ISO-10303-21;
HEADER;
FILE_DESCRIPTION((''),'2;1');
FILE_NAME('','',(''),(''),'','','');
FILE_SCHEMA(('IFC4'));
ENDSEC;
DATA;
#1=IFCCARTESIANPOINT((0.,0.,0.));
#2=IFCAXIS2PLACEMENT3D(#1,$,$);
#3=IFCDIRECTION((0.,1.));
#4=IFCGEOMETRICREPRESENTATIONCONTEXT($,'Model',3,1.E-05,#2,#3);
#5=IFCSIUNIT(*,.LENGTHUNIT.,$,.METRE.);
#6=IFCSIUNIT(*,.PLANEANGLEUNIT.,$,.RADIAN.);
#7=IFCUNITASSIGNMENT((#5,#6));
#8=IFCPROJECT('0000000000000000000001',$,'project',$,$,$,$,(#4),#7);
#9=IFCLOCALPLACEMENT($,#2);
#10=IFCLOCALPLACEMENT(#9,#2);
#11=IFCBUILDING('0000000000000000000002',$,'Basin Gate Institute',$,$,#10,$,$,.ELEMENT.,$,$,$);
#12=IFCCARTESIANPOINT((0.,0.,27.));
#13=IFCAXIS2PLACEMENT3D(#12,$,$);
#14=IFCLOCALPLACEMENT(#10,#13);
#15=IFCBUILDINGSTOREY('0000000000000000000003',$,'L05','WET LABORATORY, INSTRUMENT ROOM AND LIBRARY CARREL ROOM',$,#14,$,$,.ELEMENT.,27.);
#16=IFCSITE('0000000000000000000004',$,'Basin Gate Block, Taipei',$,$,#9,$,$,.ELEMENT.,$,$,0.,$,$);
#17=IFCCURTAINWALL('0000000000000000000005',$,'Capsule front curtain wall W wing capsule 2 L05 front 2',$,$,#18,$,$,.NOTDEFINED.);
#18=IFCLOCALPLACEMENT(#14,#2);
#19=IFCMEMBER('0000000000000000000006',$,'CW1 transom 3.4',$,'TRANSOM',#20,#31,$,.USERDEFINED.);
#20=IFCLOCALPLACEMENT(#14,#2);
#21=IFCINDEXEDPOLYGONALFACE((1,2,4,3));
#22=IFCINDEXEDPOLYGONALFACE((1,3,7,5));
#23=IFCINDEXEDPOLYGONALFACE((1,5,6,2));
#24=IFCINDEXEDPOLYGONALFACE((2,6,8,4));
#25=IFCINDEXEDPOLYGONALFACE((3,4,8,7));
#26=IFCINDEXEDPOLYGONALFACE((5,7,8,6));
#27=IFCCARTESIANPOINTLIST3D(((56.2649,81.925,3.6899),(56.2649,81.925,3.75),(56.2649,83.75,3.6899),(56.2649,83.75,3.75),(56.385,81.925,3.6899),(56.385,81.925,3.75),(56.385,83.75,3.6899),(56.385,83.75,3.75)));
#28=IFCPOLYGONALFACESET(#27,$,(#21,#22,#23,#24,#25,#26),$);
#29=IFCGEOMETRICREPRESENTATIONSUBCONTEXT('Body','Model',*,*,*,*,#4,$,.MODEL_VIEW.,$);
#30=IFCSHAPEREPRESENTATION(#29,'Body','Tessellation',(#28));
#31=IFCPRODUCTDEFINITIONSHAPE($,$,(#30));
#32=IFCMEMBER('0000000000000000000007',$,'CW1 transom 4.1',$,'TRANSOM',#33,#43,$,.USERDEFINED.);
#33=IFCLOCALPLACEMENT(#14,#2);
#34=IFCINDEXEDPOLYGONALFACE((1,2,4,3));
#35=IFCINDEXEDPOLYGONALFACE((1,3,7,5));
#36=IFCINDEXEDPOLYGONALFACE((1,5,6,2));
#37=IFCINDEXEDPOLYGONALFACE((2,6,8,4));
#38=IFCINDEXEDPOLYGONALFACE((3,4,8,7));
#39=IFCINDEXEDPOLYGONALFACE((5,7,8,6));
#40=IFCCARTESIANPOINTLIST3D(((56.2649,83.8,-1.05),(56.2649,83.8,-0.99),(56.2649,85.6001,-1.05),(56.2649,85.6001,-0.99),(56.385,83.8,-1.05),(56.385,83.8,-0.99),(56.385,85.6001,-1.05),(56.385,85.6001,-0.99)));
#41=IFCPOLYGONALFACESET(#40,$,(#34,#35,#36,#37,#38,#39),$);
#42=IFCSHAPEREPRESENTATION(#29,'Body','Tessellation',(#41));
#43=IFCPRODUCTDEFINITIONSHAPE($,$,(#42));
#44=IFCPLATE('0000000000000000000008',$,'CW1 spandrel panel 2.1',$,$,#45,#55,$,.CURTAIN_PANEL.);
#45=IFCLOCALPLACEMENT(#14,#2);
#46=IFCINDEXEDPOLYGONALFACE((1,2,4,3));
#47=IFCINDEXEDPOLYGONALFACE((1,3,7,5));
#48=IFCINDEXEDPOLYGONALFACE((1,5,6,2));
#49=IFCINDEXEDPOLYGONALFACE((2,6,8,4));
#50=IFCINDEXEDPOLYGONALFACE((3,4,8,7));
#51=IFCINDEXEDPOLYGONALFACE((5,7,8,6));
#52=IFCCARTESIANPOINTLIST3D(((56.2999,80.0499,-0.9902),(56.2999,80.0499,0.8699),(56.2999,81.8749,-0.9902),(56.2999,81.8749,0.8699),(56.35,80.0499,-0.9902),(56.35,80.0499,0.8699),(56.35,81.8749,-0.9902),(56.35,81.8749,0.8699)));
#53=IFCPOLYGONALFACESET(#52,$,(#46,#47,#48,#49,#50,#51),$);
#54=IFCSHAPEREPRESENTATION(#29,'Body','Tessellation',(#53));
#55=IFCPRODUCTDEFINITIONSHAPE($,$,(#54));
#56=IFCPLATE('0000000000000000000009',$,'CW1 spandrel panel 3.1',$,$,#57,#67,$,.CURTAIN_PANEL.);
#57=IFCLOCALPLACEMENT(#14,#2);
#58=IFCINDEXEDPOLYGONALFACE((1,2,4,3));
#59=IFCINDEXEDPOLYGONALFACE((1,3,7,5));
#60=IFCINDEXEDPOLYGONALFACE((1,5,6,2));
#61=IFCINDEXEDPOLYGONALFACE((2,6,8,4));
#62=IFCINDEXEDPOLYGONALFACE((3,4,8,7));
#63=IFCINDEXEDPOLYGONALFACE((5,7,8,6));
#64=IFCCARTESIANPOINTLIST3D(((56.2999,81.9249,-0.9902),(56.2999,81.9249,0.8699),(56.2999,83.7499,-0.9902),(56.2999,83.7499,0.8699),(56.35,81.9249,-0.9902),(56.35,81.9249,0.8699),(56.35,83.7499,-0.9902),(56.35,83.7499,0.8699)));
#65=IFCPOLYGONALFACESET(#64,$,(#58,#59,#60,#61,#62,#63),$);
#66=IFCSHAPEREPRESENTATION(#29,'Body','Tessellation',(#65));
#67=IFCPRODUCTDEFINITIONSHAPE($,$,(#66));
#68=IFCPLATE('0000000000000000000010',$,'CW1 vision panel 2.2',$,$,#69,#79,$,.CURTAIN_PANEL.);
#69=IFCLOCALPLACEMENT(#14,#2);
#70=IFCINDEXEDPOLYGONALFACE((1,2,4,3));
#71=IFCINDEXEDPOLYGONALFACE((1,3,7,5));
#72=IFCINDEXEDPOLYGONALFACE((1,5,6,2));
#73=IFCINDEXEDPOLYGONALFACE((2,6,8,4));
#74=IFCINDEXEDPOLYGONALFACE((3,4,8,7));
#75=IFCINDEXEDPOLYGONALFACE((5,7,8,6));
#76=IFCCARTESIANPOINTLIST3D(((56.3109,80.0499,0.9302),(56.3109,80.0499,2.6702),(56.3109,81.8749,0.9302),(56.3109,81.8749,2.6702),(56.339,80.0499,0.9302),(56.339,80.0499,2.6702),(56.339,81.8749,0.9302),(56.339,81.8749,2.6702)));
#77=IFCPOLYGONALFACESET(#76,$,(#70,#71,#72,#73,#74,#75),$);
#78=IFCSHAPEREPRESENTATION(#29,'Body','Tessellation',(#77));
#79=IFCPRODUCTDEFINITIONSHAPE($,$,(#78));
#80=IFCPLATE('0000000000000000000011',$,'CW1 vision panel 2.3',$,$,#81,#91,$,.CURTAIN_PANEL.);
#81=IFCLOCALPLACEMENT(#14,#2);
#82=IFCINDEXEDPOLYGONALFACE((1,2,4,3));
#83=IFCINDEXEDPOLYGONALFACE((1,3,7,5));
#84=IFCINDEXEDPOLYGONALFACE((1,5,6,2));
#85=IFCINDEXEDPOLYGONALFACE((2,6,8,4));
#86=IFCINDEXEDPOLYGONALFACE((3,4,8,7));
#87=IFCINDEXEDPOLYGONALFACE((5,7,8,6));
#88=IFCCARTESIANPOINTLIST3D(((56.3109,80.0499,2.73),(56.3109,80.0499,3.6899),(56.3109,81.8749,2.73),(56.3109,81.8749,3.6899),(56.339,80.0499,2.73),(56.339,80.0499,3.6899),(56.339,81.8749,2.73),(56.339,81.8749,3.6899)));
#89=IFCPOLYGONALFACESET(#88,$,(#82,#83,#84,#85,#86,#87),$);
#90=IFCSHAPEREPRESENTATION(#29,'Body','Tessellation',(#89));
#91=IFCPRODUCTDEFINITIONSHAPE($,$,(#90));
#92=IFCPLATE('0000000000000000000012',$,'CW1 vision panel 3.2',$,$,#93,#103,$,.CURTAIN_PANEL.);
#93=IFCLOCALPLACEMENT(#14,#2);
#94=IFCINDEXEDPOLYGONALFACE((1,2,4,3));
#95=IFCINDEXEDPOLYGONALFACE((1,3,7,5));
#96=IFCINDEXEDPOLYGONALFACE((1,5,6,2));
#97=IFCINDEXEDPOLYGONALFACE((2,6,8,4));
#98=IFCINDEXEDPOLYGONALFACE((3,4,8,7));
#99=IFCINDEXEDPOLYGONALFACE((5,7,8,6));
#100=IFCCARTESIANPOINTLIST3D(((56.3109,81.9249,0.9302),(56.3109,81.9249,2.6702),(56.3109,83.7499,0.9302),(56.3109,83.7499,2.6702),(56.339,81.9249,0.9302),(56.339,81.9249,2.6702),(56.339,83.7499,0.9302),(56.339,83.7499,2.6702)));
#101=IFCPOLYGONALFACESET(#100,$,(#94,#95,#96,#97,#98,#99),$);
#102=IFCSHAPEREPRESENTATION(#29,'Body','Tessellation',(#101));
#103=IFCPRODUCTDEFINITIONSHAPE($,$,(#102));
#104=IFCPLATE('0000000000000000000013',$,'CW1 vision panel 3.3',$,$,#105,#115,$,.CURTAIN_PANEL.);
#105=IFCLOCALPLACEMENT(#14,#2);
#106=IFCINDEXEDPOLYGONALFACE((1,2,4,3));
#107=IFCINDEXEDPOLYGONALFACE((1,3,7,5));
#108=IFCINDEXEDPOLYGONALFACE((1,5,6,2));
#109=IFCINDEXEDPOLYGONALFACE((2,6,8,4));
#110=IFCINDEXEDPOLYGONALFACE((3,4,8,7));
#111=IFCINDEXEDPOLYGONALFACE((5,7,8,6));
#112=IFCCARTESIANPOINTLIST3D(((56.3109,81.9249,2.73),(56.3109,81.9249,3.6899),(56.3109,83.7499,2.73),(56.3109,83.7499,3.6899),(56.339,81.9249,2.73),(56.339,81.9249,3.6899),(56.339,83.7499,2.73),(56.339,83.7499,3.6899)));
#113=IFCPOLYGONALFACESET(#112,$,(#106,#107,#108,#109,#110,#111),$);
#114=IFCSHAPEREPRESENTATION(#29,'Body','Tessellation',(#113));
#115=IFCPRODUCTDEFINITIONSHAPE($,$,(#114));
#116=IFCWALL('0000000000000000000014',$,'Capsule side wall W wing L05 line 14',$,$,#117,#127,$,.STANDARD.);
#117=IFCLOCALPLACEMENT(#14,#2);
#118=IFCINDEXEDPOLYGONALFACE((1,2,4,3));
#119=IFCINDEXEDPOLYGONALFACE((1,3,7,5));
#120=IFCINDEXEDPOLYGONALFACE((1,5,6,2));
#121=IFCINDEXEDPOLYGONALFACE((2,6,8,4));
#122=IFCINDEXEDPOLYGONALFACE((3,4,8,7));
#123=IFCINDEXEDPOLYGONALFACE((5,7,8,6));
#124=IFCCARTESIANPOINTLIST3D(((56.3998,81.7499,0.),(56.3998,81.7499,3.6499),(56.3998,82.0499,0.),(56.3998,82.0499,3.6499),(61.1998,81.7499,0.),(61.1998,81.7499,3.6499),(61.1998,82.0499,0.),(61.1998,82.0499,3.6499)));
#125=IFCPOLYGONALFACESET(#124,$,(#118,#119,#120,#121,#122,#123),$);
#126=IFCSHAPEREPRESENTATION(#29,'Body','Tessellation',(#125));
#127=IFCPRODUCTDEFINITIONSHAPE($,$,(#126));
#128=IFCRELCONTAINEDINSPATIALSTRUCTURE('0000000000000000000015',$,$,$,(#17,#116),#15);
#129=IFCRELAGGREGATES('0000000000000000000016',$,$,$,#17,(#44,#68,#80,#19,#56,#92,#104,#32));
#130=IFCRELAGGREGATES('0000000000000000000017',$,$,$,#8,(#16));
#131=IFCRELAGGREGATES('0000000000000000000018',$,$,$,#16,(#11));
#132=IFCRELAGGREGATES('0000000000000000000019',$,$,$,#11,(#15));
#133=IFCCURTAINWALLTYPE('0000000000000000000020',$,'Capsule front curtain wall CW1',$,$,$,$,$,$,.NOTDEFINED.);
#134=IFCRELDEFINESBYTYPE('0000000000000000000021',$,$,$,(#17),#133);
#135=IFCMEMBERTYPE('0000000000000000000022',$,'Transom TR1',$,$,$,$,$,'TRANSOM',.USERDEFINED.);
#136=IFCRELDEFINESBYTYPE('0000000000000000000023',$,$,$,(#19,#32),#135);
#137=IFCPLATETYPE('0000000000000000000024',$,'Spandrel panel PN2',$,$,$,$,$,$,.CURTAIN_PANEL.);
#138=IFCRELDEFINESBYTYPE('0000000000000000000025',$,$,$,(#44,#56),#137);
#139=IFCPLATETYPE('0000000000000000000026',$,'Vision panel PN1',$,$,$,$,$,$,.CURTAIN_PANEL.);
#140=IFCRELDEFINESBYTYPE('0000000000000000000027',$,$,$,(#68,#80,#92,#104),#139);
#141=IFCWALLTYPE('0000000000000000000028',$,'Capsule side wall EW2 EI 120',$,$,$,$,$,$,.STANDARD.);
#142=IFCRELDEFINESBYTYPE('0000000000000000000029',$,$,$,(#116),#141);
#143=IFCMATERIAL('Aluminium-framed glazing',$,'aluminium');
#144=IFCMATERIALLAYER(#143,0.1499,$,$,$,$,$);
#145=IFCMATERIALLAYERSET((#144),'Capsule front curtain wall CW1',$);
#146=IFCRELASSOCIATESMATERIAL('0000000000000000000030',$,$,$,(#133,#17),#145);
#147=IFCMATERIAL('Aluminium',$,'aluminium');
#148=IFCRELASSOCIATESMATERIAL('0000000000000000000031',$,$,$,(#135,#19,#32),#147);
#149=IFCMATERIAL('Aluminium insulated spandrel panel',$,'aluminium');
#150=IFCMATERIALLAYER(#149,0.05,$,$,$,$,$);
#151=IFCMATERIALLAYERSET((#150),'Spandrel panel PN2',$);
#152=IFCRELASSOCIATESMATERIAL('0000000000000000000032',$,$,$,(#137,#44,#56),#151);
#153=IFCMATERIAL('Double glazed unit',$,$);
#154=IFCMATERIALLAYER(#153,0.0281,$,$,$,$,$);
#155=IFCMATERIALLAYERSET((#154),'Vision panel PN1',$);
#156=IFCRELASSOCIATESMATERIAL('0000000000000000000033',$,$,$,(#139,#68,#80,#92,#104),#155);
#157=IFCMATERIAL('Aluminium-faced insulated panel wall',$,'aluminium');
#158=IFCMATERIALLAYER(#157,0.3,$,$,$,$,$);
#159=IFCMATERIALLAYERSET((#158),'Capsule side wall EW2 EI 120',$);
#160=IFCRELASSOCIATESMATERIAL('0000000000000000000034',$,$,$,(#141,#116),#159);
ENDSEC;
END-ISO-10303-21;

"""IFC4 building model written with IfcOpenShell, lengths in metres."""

from ifc_helpers import new_model, si_unit, direction, frame, frame_2d, origin, origin_2d, place, context, subcontext, project, spatial, rectangle, extrude, material, layer, layer_set, material_profile, profile_set, type_object, element, aggregate, save


model = new_model("IFC4")

# Units and contexts
model_context = context("Model", 3, precision=1e-05, world=origin(), true_north=direction((0.0, 1.0)))
body_context = subcontext(model_context, "Body", "Model", "MODEL_VIEW")
ifc_project = project(units=[si_unit("LENGTHUNIT", "METRE"), si_unit("PLANEANGLEUNIT", "RADIAN")], contexts=[model_context])

# Site, building, storey
site_placement = place(None, origin())
site = spatial("IfcSite", under=ifc_project, at=site_placement, Name="Basin Gate Block, Taipei", CompositionType="ELEMENT", RefElevation=0.0)
building_placement = place(site_placement, origin())
building = spatial("IfcBuilding", under=site, at=building_placement, Name="Basin Gate Institute", CompositionType="ELEMENT")
storey_placement = place(building_placement, frame((0.0, 0.0, 27.0)))
storey = spatial("IfcBuildingStorey", under=building, at=storey_placement, Name="L05", Description="WET LABORATORY, INSTRUMENT ROOM AND LIBRARY CARREL ROOM", CompositionType="ELEMENT", Elevation=27.0)

# Curtain wall
ifc_material_1 = material(Name="Aluminium-framed glazing", Category="aluminium")
ifc_layer_1 = layer(ifc_material_1, 0.1499)
ifc_layer_set_1 = layer_set([ifc_layer_1], Name="Capsule front curtain wall CW1")
curtain_wall_type = type_object("IfcCurtainWallType", Name="Capsule front curtain wall CW1", PredefinedType="NOTDEFINED", material=ifc_layer_set_1)
curtain_wall_placement = place(storey_placement, origin())
curtain_wall = element("IfcCurtainWall", 1, at=curtain_wall_placement, inside=storey, type_object=curtain_wall_type, material=ifc_layer_set_1, Name="Capsule front curtain wall W wing capsule 2 L05 front 2", PredefinedType="NOTDEFINED")

# Members
ifc_material_2 = material(Name="Aluminium", Category="aluminium")
ifc_material_profile_1 = material_profile(ifc_material_2, rectangle(XDim=0.1201, YDim=0.0601, at=origin_2d()), Name="Transom TR1 120 x 60")
ifc_profile_set_1 = profile_set([ifc_material_profile_1], Name="Aluminium")
member_type_1 = type_object("IfcMemberType", Name="Transom TR1", ElementType="TRANSOM", PredefinedType="USERDEFINED", material=ifc_profile_set_1)
member_1_placement = place(storey_placement, frame((56.325, 81.925, 3.72), z_axis=(0.0, 1.0, 0.0), x_axis=(-1.0, 0.0, 0.0)))
member_1 = element("IfcMember", 2, at=member_1_placement, type_object=member_type_1, material=ifc_profile_set_1, Name="CW1 transom 3.4", ObjectType="TRANSOM", PredefinedType="USERDEFINED", context=body_context, shape_type="SweptSolid", body=[
    extrude(rectangle(XDim=0.1201, YDim=0.0601, at=origin_2d()), origin(), (0.0, 0.0, 1.0), 1.825),
])
member_2_placement = place(storey_placement, frame((56.325, 83.8, -1.02), z_axis=(0.0, 1.0, 0.0), x_axis=(-1.0, 0.0, 0.0)))
member_2 = element("IfcMember", 3, at=member_2_placement, type_object=member_type_1, material=ifc_profile_set_1, Name="CW1 transom 4.1", ObjectType="TRANSOM", PredefinedType="USERDEFINED", context=body_context, shape_type="SweptSolid", body=[
    extrude(rectangle(XDim=0.1201, YDim=0.0601, at=origin_2d()), origin(), (0.0, 0.0, 1.0), 1.8),
])

# Plates
ifc_material_3 = material(Name="Aluminium insulated spandrel panel", Category="aluminium")
ifc_layer_2 = layer(ifc_material_3, 0.05)
ifc_layer_set_2 = layer_set([ifc_layer_2], Name="Spandrel panel PN2")
plate_type_1 = type_object("IfcPlateType", Name="Spandrel panel PN2", PredefinedType="CURTAIN_PANEL", material=ifc_layer_set_2)
plate_1_placement = place(storey_placement, frame((56.325, 80.9624, -0.9902), z_axis=(0.0, 0.0, 1.0), x_axis=(0.0, 1.0, 0.0)))
plate_1 = element("IfcPlate", 4, at=plate_1_placement, type_object=plate_type_1, material=ifc_layer_set_2, Name="CW1 spandrel panel 2.1", PredefinedType="CURTAIN_PANEL", context=body_context, shape_type="SweptSolid", body=[
    extrude(rectangle(XDim=1.825, YDim=0.05, at=origin_2d()), origin(), (0.0, 0.0, 1.0), 1.8601),
])
plate_2_placement = place(storey_placement, frame((56.325, 82.8374, -0.9902), z_axis=(0.0, 0.0, 1.0), x_axis=(0.0, 1.0, 0.0)))
plate_2 = element("IfcPlate", 5, at=plate_2_placement, type_object=plate_type_1, material=ifc_layer_set_2, Name="CW1 spandrel panel 3.1", PredefinedType="CURTAIN_PANEL", context=body_context, shape_type="SweptSolid", body=[
    extrude(rectangle(XDim=1.825, YDim=0.05, at=origin_2d()), origin(), (0.0, 0.0, 1.0), 1.8601),
])
ifc_material_4 = material(Name="Double glazed unit")
ifc_layer_3 = layer(ifc_material_4, 0.0281)
ifc_layer_set_3 = layer_set([ifc_layer_3], Name="Vision panel PN1")
plate_type_2 = type_object("IfcPlateType", Name="Vision panel PN1", PredefinedType="CURTAIN_PANEL", material=ifc_layer_set_3)
plate_3_placement = place(storey_placement, frame((56.325, 80.9624, 0.9302), z_axis=(0.0, 0.0, 1.0), x_axis=(0.0, 1.0, 0.0)))
plate_3 = element("IfcPlate", 6, at=plate_3_placement, type_object=plate_type_2, material=ifc_layer_set_3, Name="CW1 vision panel 2.2", PredefinedType="CURTAIN_PANEL", context=body_context, shape_type="SweptSolid", body=[
    extrude(rectangle(XDim=1.825, YDim=0.0281, at=origin_2d()), origin(), (0.0, 0.0, 1.0), 1.74),
])
plate_4_placement = place(storey_placement, frame((56.325, 80.9624, 2.73), z_axis=(0.0, 0.0, 1.0), x_axis=(0.0, 1.0, 0.0)))
plate_4 = element("IfcPlate", 7, at=plate_4_placement, type_object=plate_type_2, material=ifc_layer_set_3, Name="CW1 vision panel 2.3", PredefinedType="CURTAIN_PANEL", context=body_context, shape_type="SweptSolid", body=[
    extrude(rectangle(XDim=1.825, YDim=0.0281, at=origin_2d()), origin(), (0.0, 0.0, 1.0), 0.96),
])
plate_5_placement = place(storey_placement, frame((56.325, 82.8374, 0.9302), z_axis=(0.0, 0.0, 1.0), x_axis=(0.0, 1.0, 0.0)))
plate_5 = element("IfcPlate", 8, at=plate_5_placement, type_object=plate_type_2, material=ifc_layer_set_3, Name="CW1 vision panel 3.2", PredefinedType="CURTAIN_PANEL", context=body_context, shape_type="SweptSolid", body=[
    extrude(rectangle(XDim=1.825, YDim=0.0281, at=origin_2d()), origin(), (0.0, 0.0, 1.0), 1.74),
])
plate_6_placement = place(storey_placement, frame((56.325, 82.8374, 2.73), z_axis=(0.0, 0.0, 1.0), x_axis=(0.0, 1.0, 0.0)))
plate_6 = element("IfcPlate", 9, at=plate_6_placement, type_object=plate_type_2, material=ifc_layer_set_3, Name="CW1 vision panel 3.3", PredefinedType="CURTAIN_PANEL", context=body_context, shape_type="SweptSolid", body=[
    extrude(rectangle(XDim=1.825, YDim=0.0281, at=origin_2d()), origin(), (0.0, 0.0, 1.0), 0.96),
])
aggregate(curtain_wall, [plate_1, plate_3, plate_4, member_1, plate_2, plate_5, plate_6, member_2])

# Wall
ifc_material_5 = material(Name="Aluminium-faced insulated panel wall", Category="aluminium")
ifc_layer_4 = layer(ifc_material_5, 0.3)
ifc_layer_set_4 = layer_set([ifc_layer_4], Name="Capsule side wall EW2 EI 120")
wall_type = type_object("IfcWallType", Name="Capsule side wall EW2 EI 120", PredefinedType="STANDARD", material=ifc_layer_set_4)
wall_placement = place(storey_placement, frame((56.3999, 81.8999, 0.0), z_axis=(0.0, 0.0, 1.0), x_axis=(1.0, 0.0, 0.0)))
element("IfcWall", 10, at=wall_placement, inside=storey, type_object=wall_type, material=ifc_layer_set_4, Name="Capsule side wall W wing L05 line 14", PredefinedType="STANDARD", context=body_context, shape_type="SweptSolid", body=[
    extrude(rectangle(XDim=4.8, YDim=0.3, at=frame_2d((2.3999, 0.0))), origin(), (0.0, 0.0, 1.0), 3.6499),
])

save(model, "model.ifc")
